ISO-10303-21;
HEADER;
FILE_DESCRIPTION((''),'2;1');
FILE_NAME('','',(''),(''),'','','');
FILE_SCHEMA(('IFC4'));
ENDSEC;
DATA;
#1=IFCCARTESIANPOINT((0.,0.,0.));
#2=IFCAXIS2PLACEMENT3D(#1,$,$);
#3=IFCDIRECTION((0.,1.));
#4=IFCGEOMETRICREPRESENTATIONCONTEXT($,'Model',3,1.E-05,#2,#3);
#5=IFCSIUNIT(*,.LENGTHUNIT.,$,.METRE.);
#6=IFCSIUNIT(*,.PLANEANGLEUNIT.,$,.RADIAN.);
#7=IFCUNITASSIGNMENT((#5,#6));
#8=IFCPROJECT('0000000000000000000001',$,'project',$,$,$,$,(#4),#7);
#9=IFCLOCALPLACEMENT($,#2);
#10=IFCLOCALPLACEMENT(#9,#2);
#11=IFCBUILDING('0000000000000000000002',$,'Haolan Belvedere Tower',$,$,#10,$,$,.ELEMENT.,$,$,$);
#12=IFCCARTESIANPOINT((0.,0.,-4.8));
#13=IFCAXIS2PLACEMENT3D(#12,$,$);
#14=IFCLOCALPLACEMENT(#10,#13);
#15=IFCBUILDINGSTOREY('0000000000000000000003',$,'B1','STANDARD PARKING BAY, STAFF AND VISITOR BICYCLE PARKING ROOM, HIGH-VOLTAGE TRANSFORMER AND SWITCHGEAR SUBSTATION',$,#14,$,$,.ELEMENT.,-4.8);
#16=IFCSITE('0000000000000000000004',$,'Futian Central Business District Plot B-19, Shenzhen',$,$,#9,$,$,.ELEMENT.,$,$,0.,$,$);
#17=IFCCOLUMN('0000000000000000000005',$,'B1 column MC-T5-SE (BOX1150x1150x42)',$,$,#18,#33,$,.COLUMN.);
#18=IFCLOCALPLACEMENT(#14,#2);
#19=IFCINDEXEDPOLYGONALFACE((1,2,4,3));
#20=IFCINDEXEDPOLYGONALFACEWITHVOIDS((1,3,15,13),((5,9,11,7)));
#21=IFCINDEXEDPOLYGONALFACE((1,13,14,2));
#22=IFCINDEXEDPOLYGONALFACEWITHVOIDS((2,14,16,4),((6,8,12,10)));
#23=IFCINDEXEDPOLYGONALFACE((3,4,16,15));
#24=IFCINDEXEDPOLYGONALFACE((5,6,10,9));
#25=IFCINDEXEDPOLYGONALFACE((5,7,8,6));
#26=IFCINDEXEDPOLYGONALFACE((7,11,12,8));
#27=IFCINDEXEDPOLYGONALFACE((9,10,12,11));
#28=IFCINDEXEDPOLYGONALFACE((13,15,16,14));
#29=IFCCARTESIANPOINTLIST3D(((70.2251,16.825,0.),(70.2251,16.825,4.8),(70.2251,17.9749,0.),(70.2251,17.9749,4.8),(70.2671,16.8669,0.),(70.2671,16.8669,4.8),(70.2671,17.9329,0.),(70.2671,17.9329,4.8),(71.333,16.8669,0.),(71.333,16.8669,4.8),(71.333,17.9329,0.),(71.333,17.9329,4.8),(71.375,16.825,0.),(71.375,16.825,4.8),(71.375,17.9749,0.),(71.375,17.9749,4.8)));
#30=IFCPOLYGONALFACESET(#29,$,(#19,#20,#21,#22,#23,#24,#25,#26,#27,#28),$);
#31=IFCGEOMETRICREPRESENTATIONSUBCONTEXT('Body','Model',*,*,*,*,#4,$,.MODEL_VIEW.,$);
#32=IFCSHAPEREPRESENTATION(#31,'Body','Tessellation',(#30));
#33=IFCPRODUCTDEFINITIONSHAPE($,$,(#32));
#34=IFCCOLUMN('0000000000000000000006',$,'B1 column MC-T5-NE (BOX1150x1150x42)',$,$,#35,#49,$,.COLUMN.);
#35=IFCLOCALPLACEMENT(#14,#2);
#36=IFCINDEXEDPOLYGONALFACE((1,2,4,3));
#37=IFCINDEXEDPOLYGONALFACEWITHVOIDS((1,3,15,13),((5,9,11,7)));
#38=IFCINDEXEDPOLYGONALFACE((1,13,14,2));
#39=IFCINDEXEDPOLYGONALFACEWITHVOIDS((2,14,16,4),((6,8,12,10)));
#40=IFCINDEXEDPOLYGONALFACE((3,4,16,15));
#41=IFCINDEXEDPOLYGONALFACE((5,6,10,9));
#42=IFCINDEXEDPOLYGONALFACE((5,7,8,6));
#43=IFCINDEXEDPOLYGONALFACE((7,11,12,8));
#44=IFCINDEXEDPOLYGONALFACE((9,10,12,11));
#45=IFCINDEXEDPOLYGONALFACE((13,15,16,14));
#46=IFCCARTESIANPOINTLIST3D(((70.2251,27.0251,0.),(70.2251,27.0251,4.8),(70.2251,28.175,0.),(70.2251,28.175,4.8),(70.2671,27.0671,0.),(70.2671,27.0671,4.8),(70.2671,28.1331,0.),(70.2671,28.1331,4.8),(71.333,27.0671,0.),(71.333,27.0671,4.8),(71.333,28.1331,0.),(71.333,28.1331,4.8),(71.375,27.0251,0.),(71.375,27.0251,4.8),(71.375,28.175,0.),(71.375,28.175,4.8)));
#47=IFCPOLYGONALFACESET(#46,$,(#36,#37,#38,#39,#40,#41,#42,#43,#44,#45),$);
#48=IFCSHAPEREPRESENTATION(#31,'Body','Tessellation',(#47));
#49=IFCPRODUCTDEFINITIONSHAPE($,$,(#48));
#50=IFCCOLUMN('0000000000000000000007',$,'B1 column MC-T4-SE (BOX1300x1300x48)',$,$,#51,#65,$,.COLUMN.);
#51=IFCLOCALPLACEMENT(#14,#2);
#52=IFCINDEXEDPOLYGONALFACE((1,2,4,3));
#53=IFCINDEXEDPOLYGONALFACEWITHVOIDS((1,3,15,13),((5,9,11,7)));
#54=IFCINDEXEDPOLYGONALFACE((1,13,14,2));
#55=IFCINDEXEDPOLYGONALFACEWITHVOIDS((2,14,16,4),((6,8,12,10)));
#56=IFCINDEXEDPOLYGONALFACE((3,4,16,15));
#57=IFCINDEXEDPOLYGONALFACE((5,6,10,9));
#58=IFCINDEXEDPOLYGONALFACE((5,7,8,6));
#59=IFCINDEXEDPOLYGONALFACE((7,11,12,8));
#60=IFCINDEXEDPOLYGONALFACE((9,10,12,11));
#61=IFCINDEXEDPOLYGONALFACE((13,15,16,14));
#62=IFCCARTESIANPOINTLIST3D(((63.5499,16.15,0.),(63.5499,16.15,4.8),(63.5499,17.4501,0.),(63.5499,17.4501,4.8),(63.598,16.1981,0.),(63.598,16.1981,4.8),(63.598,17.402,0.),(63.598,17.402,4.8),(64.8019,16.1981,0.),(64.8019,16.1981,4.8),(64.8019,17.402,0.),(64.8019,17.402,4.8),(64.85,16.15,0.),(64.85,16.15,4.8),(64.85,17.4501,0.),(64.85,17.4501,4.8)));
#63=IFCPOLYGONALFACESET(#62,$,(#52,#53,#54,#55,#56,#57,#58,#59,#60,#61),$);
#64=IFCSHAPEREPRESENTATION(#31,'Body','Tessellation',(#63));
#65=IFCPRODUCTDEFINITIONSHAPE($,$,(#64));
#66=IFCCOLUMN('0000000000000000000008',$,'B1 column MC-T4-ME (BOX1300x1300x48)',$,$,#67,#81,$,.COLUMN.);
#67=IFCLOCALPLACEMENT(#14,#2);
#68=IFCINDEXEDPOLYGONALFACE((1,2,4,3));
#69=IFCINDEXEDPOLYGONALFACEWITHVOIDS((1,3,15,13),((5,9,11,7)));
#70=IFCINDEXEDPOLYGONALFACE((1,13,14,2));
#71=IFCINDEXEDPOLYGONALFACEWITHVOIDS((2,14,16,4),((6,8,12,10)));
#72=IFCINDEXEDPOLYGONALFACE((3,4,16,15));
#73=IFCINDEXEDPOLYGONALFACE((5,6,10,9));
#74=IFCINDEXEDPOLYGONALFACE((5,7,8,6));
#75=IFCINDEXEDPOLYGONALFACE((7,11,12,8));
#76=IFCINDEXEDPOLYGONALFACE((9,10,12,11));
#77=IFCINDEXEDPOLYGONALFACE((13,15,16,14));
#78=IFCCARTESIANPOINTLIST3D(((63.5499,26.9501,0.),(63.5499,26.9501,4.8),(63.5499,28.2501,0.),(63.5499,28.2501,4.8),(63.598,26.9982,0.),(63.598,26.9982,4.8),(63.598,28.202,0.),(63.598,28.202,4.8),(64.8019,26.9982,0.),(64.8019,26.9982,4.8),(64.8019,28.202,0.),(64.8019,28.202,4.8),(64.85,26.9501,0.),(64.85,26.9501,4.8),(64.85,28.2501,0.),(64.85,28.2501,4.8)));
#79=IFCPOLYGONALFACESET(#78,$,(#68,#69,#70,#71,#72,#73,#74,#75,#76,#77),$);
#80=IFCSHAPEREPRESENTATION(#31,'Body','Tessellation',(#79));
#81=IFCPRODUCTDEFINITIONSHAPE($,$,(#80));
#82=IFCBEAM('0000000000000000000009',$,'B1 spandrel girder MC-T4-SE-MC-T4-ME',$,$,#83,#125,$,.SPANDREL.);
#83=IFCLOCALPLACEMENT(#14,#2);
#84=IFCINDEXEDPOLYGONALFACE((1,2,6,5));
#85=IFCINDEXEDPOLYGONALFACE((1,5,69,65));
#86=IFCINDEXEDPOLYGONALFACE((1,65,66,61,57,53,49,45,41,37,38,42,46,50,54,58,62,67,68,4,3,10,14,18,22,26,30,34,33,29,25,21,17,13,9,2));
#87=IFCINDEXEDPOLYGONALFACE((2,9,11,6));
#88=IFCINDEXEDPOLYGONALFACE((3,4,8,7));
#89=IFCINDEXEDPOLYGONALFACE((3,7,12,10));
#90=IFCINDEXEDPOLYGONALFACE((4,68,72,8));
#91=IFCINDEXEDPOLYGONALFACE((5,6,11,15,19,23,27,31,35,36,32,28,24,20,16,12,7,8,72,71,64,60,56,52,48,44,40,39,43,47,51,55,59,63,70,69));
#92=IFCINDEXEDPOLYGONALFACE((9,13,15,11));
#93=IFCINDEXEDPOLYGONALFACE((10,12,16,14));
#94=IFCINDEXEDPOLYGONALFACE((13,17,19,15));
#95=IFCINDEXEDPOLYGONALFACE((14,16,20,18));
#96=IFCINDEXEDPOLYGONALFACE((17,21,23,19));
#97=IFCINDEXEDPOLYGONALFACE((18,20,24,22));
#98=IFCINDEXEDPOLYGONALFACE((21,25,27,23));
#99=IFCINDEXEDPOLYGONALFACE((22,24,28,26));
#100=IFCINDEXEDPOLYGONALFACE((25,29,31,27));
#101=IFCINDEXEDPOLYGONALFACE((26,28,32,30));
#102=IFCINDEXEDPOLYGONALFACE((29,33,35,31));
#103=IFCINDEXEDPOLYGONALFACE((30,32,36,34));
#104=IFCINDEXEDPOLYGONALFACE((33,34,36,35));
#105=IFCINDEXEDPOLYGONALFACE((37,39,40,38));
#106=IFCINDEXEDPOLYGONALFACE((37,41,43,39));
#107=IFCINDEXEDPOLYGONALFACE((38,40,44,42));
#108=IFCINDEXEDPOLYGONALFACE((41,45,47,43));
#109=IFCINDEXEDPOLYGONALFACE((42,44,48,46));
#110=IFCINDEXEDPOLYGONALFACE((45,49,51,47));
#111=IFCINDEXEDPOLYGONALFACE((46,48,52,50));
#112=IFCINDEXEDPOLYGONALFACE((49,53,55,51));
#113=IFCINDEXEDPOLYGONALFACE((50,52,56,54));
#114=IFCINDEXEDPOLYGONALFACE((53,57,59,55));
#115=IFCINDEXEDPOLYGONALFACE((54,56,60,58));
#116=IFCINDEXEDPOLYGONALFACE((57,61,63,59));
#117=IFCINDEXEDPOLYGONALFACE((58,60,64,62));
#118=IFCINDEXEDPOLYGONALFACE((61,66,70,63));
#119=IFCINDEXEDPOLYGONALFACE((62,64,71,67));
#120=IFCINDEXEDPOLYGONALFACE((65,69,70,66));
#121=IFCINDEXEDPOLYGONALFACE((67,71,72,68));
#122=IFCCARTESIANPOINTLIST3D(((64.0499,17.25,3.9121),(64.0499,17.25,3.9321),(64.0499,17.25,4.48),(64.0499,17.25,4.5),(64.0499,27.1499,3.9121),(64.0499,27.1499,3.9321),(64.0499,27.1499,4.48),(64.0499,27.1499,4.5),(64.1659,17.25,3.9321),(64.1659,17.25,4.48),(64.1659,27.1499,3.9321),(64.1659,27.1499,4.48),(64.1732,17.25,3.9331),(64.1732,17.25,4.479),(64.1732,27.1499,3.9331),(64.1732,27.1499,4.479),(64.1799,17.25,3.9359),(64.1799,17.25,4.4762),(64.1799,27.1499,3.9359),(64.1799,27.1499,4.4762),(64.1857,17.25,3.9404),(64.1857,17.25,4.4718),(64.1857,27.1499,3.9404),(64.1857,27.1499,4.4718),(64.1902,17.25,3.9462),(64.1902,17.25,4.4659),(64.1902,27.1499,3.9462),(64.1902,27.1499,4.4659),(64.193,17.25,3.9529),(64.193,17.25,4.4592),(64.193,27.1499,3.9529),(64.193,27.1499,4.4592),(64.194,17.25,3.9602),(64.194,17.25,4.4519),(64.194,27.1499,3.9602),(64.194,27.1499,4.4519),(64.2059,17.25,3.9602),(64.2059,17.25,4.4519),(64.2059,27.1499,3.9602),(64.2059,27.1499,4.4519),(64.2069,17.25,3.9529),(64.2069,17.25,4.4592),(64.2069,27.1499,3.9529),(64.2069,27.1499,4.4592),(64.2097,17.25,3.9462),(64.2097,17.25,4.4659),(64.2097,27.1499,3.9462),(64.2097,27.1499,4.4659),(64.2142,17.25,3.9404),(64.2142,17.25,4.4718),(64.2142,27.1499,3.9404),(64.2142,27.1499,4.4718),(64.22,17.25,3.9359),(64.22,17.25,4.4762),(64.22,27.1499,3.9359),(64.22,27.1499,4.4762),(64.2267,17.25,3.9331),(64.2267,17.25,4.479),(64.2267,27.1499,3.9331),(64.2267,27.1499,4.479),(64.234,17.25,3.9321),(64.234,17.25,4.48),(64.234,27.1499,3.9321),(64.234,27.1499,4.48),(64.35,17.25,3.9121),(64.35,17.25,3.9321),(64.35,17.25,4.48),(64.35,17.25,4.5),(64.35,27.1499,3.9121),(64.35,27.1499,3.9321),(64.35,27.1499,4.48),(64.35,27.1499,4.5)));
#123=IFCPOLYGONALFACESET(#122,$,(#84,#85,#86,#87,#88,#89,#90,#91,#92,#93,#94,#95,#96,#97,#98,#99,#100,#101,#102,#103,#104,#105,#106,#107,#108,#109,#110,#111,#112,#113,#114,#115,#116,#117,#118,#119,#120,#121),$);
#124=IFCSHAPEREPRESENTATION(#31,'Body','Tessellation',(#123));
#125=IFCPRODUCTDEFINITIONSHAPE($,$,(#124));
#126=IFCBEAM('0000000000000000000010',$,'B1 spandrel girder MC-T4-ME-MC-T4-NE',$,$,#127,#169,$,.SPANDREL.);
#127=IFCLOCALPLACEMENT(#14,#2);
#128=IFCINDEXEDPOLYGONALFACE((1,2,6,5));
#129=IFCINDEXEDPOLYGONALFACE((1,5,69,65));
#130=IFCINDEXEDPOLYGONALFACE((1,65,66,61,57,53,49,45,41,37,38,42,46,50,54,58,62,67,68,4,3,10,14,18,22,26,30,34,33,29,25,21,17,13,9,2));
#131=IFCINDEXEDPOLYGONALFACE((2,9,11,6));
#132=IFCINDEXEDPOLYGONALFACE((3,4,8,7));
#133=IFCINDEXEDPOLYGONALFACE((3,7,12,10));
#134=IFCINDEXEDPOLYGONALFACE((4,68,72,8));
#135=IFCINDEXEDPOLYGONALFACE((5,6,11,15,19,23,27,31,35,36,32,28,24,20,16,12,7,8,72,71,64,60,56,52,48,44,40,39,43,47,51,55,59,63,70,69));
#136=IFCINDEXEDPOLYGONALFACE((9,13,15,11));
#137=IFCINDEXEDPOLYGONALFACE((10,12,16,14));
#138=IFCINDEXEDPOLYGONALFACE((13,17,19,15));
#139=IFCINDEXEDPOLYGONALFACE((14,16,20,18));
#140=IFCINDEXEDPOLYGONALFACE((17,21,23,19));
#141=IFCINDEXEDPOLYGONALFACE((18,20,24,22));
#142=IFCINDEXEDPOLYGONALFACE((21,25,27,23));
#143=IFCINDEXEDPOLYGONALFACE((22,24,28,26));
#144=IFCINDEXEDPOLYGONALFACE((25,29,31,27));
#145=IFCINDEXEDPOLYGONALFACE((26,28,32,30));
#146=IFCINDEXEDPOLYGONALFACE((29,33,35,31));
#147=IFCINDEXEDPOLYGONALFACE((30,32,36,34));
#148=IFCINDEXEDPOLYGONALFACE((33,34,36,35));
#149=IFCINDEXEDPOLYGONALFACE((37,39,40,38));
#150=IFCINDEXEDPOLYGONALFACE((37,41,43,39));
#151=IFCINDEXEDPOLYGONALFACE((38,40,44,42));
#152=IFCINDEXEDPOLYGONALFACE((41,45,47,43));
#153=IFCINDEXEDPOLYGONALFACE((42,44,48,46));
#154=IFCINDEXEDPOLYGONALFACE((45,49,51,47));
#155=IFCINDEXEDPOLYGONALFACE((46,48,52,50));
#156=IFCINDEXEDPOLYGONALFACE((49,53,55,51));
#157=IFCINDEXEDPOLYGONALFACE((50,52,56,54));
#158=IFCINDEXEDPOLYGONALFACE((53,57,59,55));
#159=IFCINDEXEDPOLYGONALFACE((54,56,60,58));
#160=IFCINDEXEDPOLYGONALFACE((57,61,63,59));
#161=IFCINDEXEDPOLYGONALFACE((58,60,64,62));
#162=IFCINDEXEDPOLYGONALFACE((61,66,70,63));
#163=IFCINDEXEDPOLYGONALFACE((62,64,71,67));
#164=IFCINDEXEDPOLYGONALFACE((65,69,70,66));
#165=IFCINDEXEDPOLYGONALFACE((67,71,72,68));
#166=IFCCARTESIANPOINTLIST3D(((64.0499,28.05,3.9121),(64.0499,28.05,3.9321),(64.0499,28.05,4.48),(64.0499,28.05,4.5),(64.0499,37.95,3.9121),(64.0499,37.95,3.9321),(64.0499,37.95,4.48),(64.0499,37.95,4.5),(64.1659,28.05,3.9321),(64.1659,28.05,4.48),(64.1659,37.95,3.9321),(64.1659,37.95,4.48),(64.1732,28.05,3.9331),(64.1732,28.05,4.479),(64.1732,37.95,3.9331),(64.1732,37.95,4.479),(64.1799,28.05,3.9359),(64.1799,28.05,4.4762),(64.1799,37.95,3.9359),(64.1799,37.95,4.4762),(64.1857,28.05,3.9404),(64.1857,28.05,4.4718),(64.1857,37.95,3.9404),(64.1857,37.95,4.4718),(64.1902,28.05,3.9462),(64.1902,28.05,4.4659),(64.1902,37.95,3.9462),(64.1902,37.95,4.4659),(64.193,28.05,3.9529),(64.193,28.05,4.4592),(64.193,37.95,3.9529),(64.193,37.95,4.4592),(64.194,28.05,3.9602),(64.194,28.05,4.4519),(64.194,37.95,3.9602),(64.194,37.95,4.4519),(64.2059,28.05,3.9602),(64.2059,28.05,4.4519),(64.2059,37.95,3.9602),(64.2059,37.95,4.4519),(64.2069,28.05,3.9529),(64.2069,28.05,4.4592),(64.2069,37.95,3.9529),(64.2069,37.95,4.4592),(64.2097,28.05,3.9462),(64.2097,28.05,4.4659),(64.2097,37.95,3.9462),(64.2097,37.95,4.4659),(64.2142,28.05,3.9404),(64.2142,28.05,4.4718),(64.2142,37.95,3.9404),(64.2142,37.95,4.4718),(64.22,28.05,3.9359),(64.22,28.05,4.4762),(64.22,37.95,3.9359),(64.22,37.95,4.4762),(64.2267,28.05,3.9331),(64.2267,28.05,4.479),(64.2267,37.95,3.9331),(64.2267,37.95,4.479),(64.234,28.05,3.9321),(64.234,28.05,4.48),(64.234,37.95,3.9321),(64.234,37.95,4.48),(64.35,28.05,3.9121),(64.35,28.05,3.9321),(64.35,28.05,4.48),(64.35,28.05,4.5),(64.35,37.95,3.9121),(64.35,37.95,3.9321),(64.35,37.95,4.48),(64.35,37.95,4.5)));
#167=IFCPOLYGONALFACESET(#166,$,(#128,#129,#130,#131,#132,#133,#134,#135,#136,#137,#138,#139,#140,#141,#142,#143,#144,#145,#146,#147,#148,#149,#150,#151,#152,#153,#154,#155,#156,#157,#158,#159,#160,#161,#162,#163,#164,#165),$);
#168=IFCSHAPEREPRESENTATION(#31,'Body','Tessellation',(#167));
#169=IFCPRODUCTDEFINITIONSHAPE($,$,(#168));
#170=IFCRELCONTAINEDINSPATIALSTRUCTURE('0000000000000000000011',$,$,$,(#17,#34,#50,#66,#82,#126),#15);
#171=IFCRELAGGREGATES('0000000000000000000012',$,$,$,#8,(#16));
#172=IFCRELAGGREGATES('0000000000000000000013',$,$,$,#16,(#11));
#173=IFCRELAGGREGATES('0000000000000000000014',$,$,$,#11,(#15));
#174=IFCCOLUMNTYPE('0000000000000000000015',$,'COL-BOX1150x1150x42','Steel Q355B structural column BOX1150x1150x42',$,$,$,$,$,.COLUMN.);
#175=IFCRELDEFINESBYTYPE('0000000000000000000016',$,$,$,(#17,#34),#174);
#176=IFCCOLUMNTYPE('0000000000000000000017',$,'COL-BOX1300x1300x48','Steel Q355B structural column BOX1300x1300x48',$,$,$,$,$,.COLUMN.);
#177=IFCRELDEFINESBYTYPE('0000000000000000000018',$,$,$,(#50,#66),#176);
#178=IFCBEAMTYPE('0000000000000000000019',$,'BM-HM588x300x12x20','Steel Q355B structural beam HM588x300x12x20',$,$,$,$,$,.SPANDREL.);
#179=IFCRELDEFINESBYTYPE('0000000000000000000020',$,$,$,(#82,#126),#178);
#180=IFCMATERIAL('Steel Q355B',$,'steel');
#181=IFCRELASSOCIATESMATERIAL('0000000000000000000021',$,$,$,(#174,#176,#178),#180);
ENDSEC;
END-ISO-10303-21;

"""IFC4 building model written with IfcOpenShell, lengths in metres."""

from ifc_helpers import new_model, si_unit, direction, frame, origin, origin_2d, place, context, subcontext, project, spatial, hollow_rectangle, i_section, extrude, material, material_profile, profile_set, type_object, element, save


model = new_model("IFC4")

# Units and contexts
model_context = context("Model", 3, precision=1e-05, world=origin(), true_north=direction((0.0, 1.0)))
body_context = subcontext(model_context, "Body", "Model", "MODEL_VIEW")
ifc_project = project(units=[si_unit("LENGTHUNIT", "METRE"), si_unit("PLANEANGLEUNIT", "RADIAN")], contexts=[model_context])

# Site, building, storey
site_placement = place(None, origin())
site = spatial("IfcSite", under=ifc_project, at=site_placement, Name="Futian Central Business District Plot B-19, Shenzhen", CompositionType="ELEMENT", RefElevation=0.0)
building_placement = place(site_placement, origin())
building = spatial("IfcBuilding", under=site, at=building_placement, Name="Haolan Belvedere Tower", CompositionType="ELEMENT")
storey_placement = place(building_placement, frame((0.0, 0.0, -4.8)))
storey = spatial("IfcBuildingStorey", under=building, at=storey_placement, Name="B1", Description="STANDARD PARKING BAY, STAFF AND VISITOR BICYCLE PARKING ROOM, HIGH-VOLTAGE TRANSFORMER AND SWITCHGEAR SUBSTATION", CompositionType="ELEMENT", Elevation=-4.8)

# Columns
ifc_material_1 = material(Name="Steel Q355B", Category="steel")
ifc_material_profile_1 = material_profile(ifc_material_1, hollow_rectangle(XDim=1.1499, YDim=1.1499, WallThickness=0.042, at=origin_2d()), Name="Steel Q355B")
ifc_profile_set_1 = profile_set([ifc_material_profile_1], Name="Steel Q355B")
column_type_1 = type_object("IfcColumnType", Name="COL-BOX1150x1150x42", Description="Steel Q355B structural column BOX1150x1150x42", PredefinedType="COLUMN", material=ifc_profile_set_1)
for number, where, z_axis, x_axis, name in (
    (1, (70.8, 17.3999, 0.0), (0.0, 0.0, 1.0), (1.0, 0.0, 0.0), "B1 column MC-T5-SE (BOX1150x1150x42)"),
    (2, (70.8, 27.6001, 0.0), (0.0, 0.0, 1.0), (1.0, 0.0, 0.0), "B1 column MC-T5-NE (BOX1150x1150x42)"),
):
    element("IfcColumn", number, at=place(storey_placement, frame(where, z_axis=z_axis, x_axis=x_axis)), inside=storey, type_object=column_type_1, Name=name, PredefinedType="COLUMN", context=body_context, shape_type="SweptSolid", body=[
        extrude(hollow_rectangle(XDim=1.1499, YDim=1.1499, WallThickness=0.042, at=origin_2d()), origin(), (0.0, 0.0, 1.0), 4.8),
    ])
ifc_material_profile_2 = material_profile(ifc_material_1, hollow_rectangle(XDim=1.3, YDim=1.3, WallThickness=0.0481, at=origin_2d()), Name="Steel Q355B")
ifc_profile_set_2 = profile_set([ifc_material_profile_2], Name="Steel Q355B")
column_type_2 = type_object("IfcColumnType", Name="COL-BOX1300x1300x48", Description="Steel Q355B structural column BOX1300x1300x48", PredefinedType="COLUMN", material=ifc_profile_set_2)
for number, where, z_axis, x_axis, name in (
    (3, (64.2, 16.8, 0.0), (0.0, 0.0, 1.0), (1.0, 0.0, 0.0), "B1 column MC-T4-SE (BOX1300x1300x48)"),
    (4, (64.2, 27.6001, 0.0), (0.0, 0.0, 1.0), (1.0, 0.0, 0.0), "B1 column MC-T4-ME (BOX1300x1300x48)"),
):
    element("IfcColumn", number, at=place(storey_placement, frame(where, z_axis=z_axis, x_axis=x_axis)), inside=storey, type_object=column_type_2, Name=name, PredefinedType="COLUMN", context=body_context, shape_type="SweptSolid", body=[
        extrude(hollow_rectangle(XDim=1.3, YDim=1.3, WallThickness=0.0481, at=origin_2d()), origin(), (0.0, 0.0, 1.0), 4.8),
    ])

# Beams
ifc_material_profile_3 = material_profile(ifc_material_1, i_section(OverallWidth=0.3, OverallDepth=0.5879, WebThickness=0.012, FlangeThickness=0.02, FilletRadius=0.0281, at=origin_2d()), Name="Steel Q355B")
ifc_profile_set_3 = profile_set([ifc_material_profile_3], Name="Steel Q355B")
beam_type_1 = type_object("IfcBeamType", Name="BM-HM588x300x12x20", Description="Steel Q355B structural beam HM588x300x12x20", PredefinedType="SPANDREL", material=ifc_profile_set_3)
for number, where, z_axis, x_axis, name in (
    (5, (64.2, 17.25, 4.2061), (0.0, 1.0, 0.0), (-1.0, 0.0, 0.0), "B1 spandrel girder MC-T4-SE-MC-T4-ME"),
    (6, (64.2, 28.05, 4.2061), (0.0, 1.0, 0.0), (-1.0, 0.0, 0.0), "B1 spandrel girder MC-T4-ME-MC-T4-NE"),
):
    element("IfcBeam", number, at=place(storey_placement, frame(where, z_axis=z_axis, x_axis=x_axis)), inside=storey, type_object=beam_type_1, Name=name, PredefinedType="SPANDREL", context=body_context, shape_type="SweptSolid", body=[
        extrude(i_section(OverallWidth=0.3, OverallDepth=0.5879, WebThickness=0.012, FlangeThickness=0.02, FilletRadius=0.0281, at=origin_2d()), origin(), (0.0, 0.0, 1.0), 9.8999),
    ])

save(model, "model.ifc")
